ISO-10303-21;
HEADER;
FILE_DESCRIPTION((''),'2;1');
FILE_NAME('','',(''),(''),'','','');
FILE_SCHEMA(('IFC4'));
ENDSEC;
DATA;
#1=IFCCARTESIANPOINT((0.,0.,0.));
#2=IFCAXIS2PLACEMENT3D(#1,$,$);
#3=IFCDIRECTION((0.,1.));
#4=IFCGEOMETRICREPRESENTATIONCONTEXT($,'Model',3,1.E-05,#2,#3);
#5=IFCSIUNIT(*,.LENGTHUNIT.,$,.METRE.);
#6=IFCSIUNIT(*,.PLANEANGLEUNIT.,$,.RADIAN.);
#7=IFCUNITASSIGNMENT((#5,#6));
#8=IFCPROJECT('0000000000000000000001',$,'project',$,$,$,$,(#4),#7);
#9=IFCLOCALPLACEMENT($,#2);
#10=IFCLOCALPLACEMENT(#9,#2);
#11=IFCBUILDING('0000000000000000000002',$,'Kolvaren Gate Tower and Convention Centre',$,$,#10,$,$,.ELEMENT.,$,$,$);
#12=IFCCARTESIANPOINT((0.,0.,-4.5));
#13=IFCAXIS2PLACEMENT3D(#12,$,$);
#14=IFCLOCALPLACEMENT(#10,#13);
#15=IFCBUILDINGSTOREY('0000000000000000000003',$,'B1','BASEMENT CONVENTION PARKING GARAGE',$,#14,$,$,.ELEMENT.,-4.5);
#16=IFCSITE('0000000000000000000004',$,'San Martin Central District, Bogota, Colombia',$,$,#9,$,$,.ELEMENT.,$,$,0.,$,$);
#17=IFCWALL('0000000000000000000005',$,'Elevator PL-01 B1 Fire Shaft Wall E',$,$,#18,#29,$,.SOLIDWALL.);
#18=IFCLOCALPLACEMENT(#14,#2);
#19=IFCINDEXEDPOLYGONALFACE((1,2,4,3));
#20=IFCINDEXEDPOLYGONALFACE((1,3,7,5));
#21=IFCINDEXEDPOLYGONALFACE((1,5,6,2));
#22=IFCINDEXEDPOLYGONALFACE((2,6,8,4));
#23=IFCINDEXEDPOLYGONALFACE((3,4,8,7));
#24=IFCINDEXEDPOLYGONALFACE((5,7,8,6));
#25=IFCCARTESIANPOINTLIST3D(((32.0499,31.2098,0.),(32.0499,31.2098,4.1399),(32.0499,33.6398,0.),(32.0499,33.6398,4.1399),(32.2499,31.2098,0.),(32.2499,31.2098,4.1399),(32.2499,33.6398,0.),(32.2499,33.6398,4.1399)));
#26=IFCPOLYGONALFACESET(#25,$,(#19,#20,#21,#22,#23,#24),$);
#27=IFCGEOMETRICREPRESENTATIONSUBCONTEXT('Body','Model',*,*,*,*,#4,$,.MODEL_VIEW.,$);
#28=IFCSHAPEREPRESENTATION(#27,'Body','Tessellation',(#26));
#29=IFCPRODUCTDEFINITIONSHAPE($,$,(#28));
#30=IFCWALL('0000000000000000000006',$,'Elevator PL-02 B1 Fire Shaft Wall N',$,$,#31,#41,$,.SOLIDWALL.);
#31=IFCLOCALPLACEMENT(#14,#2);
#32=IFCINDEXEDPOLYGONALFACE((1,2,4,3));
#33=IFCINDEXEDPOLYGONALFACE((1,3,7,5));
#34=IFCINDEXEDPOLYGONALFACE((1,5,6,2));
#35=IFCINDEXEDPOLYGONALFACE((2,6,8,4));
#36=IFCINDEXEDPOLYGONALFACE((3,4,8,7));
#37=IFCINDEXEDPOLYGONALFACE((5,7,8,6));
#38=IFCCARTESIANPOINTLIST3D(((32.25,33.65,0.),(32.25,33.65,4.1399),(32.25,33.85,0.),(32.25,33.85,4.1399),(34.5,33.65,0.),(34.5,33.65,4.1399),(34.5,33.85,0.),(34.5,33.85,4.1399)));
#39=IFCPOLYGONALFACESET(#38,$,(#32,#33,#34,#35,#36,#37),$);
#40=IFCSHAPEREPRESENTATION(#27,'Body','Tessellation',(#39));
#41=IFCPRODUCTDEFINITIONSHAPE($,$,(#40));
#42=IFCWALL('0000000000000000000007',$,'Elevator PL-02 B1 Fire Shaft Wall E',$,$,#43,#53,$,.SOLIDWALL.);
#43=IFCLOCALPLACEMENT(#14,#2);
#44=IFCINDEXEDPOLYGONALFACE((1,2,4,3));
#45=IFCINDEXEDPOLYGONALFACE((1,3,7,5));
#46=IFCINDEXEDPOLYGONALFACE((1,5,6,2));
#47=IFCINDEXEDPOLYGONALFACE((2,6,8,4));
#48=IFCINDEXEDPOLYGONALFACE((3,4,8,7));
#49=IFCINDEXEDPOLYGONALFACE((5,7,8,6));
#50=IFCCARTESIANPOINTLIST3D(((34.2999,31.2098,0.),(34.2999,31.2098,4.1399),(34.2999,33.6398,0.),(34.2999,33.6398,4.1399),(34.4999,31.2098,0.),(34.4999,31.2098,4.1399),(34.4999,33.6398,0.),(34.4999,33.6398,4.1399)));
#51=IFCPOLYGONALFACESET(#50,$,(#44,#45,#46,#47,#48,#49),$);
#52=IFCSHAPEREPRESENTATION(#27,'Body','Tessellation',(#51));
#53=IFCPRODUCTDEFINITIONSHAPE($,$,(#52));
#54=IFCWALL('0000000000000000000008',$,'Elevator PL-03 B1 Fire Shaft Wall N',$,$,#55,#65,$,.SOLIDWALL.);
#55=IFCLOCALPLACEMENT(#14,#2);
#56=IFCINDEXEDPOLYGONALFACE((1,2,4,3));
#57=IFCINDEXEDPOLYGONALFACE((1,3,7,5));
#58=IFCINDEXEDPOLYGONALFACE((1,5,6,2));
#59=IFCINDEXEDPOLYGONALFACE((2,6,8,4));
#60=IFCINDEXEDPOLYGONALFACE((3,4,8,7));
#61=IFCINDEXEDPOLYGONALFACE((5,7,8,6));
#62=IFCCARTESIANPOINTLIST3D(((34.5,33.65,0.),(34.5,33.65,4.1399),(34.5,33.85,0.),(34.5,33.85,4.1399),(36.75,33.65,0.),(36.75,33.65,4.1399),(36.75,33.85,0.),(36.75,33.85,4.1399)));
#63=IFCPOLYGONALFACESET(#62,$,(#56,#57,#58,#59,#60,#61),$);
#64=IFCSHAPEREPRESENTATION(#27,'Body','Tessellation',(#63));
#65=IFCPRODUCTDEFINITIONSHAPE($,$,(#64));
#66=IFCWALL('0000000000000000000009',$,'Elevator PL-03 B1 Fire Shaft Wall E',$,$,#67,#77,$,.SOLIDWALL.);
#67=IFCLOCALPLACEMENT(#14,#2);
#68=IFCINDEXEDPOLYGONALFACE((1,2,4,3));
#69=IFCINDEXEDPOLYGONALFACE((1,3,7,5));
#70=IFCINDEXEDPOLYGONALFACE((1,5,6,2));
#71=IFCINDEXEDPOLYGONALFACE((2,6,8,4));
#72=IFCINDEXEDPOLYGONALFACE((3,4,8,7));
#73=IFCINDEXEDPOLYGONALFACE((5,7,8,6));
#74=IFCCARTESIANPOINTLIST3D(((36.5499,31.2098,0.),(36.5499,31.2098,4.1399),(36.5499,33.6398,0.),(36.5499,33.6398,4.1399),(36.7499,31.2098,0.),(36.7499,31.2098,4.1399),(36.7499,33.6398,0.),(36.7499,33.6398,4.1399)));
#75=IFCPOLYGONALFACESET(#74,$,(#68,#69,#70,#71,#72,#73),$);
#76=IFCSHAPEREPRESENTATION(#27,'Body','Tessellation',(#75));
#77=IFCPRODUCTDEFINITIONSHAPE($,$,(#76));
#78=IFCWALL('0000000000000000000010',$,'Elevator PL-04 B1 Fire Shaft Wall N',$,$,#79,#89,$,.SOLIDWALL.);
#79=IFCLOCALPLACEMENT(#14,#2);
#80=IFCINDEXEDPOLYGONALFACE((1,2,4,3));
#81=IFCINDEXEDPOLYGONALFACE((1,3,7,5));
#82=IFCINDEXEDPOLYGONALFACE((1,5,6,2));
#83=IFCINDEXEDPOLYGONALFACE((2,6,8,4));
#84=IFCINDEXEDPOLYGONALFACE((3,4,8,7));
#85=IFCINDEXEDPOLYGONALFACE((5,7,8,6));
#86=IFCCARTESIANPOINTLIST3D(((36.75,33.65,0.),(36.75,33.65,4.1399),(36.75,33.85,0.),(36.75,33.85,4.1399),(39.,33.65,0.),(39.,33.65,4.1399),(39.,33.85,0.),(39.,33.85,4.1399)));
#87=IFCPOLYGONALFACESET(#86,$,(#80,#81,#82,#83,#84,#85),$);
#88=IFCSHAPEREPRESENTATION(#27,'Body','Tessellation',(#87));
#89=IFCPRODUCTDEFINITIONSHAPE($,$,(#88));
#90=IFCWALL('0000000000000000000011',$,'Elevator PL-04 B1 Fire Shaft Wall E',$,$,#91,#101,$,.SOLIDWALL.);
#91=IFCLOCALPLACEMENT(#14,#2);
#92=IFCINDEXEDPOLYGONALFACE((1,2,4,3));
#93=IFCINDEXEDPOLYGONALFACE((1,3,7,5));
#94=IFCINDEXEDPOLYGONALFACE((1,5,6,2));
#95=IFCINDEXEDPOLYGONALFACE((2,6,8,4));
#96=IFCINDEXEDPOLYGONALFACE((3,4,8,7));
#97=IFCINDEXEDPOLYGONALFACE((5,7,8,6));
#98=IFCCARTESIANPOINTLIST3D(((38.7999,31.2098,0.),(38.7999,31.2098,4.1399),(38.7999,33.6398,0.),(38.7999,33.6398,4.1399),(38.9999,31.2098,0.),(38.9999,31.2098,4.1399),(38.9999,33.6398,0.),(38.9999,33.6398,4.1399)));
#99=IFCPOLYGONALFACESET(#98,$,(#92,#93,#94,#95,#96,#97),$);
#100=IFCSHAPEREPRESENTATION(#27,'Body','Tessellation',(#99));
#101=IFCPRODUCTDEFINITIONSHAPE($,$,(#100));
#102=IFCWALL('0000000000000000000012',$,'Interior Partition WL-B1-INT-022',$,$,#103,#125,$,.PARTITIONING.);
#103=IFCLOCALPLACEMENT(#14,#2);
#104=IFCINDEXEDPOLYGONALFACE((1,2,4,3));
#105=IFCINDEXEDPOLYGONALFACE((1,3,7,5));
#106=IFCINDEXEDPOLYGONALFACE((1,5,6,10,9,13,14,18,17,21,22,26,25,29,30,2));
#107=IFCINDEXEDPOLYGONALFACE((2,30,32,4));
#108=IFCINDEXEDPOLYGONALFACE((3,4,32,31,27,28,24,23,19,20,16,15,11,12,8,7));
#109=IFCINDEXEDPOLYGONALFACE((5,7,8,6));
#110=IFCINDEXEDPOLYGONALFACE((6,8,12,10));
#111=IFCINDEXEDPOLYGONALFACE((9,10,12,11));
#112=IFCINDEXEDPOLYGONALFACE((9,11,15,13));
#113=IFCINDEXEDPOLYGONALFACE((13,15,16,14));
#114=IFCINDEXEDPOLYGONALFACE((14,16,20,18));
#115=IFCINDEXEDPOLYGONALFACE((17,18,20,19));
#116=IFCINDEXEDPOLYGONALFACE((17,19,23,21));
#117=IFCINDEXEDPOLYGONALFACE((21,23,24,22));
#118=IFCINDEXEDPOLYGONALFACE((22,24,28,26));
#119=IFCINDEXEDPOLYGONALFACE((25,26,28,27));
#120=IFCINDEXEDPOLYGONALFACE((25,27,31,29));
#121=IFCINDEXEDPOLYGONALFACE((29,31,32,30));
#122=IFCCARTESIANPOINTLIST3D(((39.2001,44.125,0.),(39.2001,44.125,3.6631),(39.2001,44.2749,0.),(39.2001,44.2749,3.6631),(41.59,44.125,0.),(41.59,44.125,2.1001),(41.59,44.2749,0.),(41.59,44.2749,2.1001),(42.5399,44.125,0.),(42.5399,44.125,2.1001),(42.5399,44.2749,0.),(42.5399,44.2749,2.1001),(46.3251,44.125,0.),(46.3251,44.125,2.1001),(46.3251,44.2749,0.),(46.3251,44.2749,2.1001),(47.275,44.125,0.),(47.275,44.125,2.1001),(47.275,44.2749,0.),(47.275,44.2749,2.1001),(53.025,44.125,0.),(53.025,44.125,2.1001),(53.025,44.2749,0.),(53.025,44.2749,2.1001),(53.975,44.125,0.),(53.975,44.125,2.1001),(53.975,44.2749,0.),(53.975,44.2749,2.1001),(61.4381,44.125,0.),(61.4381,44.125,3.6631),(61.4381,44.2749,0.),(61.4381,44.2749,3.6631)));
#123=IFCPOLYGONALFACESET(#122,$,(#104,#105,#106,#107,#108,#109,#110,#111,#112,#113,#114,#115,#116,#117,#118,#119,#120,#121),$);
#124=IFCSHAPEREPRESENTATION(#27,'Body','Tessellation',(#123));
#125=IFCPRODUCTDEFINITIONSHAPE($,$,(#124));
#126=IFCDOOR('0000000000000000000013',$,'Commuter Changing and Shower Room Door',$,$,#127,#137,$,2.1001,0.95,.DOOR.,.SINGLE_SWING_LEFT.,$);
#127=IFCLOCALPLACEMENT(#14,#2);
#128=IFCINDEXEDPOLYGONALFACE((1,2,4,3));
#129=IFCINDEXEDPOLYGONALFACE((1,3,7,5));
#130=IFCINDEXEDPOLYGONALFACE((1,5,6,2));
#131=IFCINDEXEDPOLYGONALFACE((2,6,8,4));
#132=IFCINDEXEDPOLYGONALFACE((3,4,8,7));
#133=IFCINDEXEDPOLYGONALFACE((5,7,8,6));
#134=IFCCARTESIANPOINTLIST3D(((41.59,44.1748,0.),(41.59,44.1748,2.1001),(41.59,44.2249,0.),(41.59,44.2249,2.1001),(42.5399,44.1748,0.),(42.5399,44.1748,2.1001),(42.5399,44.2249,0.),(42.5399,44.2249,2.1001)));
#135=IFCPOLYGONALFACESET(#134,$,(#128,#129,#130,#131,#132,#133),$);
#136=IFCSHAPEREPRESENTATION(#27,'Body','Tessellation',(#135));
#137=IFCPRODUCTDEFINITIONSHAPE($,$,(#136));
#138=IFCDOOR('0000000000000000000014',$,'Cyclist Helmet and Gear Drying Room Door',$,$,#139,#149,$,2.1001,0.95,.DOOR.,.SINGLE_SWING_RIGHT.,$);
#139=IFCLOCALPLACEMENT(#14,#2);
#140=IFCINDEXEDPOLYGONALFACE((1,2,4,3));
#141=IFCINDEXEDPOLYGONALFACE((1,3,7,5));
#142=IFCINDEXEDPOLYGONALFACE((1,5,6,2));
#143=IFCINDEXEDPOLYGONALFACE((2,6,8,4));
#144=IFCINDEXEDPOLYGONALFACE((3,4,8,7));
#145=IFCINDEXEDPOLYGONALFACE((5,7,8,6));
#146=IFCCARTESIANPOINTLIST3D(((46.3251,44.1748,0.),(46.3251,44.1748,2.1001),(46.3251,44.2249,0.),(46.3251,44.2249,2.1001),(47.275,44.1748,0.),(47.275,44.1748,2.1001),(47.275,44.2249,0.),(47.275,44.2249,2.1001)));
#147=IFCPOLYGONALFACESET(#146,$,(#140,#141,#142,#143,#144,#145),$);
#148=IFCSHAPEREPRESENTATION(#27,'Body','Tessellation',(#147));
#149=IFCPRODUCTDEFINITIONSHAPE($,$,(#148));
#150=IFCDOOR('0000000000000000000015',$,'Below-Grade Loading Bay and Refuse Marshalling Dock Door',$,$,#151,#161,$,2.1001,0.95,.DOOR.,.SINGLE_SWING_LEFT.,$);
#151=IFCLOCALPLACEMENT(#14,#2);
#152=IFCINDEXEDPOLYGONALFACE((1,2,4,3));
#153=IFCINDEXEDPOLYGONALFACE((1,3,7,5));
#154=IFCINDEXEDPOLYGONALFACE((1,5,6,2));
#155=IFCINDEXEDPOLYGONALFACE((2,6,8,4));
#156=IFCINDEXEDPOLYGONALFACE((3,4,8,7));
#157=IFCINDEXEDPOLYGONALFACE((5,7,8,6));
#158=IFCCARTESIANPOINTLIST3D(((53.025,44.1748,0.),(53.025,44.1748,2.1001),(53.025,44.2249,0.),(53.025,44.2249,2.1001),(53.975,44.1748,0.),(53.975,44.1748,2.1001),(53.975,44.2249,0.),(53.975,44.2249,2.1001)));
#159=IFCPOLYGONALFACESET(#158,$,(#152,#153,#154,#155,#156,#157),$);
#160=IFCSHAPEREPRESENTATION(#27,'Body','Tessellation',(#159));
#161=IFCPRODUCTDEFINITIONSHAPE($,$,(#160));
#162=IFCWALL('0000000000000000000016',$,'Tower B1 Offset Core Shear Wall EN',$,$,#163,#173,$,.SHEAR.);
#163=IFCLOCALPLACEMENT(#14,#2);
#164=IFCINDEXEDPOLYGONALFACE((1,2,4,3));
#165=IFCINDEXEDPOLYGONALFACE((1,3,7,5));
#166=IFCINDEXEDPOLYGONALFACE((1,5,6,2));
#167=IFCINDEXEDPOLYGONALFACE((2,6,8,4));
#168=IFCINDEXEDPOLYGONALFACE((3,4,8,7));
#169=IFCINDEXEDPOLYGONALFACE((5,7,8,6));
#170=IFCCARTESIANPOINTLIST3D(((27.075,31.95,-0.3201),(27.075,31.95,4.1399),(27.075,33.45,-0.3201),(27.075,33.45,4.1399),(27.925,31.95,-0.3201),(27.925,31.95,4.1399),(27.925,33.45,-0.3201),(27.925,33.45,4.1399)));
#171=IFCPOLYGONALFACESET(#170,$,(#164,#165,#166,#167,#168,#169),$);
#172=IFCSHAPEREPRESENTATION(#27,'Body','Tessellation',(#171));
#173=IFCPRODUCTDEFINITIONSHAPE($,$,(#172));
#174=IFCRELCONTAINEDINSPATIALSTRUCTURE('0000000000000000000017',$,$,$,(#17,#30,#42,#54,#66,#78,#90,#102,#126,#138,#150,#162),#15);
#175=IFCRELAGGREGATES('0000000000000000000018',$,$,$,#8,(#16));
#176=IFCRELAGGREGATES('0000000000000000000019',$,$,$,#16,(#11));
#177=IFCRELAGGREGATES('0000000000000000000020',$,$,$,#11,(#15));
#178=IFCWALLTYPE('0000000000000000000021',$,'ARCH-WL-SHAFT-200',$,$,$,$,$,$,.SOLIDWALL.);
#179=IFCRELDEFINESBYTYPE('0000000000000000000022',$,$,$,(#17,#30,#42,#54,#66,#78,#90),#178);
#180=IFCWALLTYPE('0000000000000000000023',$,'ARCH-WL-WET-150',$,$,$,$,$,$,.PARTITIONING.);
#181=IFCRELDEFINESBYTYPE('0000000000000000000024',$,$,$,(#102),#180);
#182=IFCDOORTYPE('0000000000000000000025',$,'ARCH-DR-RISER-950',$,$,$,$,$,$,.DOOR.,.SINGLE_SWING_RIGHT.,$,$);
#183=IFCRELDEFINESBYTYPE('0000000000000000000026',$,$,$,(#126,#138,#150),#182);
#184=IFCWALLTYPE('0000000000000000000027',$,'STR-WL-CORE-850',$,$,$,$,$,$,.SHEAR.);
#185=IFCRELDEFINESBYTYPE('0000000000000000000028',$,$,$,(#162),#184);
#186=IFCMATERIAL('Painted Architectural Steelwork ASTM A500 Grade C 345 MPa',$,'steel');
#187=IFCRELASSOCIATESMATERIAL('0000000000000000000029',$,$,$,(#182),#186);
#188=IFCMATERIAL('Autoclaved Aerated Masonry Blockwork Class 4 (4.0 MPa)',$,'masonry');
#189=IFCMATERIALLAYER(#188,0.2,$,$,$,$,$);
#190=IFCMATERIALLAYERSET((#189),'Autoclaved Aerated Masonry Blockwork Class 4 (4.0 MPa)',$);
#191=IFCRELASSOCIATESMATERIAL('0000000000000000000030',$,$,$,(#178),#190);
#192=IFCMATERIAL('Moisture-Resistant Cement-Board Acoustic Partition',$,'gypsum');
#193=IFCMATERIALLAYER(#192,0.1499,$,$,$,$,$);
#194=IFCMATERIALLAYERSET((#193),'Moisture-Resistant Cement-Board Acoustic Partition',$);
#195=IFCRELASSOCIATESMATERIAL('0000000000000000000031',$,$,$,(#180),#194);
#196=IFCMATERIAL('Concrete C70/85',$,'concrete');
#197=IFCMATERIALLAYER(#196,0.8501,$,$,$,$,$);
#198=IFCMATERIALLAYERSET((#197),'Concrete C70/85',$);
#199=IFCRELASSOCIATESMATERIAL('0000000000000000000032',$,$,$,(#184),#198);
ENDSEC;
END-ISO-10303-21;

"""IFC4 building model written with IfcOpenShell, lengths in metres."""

from ifc_helpers import new_model, si_unit, direction, frame, frame_2d, origin, place, context, subcontext, project, spatial, rectangle, extrude, material, layer, layer_set, type_object, element, fill, save


model = new_model("IFC4")

# Units and contexts
model_context = context("Model", 3, precision=1e-05, world=origin(), true_north=direction((0.0, 1.0)))
body_context = subcontext(model_context, "Body", "Model", "MODEL_VIEW")
ifc_project = project(units=[si_unit("LENGTHUNIT", "METRE"), si_unit("PLANEANGLEUNIT", "RADIAN")], contexts=[model_context])

# Site, building, storey
site_placement = place(None, origin())
site = spatial("IfcSite", under=ifc_project, at=site_placement, Name="San Martin Central District, Bogota, Colombia", CompositionType="ELEMENT", RefElevation=0.0)
building_placement = place(site_placement, origin())
building = spatial("IfcBuilding", under=site, at=building_placement, Name="Kolvaren Gate Tower and Convention Centre", CompositionType="ELEMENT")
storey_placement = place(building_placement, frame((0.0, 0.0, -4.5)))
storey = spatial("IfcBuildingStorey", under=building, at=storey_placement, Name="B1", Description="BASEMENT CONVENTION PARKING GARAGE", CompositionType="ELEMENT", Elevation=-4.5)

# Shared definitions
ifc_material_1 = material(Name="Concrete C70/85", Category="concrete")

# Shared definitions
ifc_material_2 = material(Name="Painted Architectural Steelwork ASTM A500 Grade C 345 MPa", Category="steel")
door_type_1 = type_object("IfcDoorType", Name="ARCH-DR-RISER-950", OperationType="SINGLE_SWING_RIGHT", PredefinedType="DOOR", material=ifc_material_2)

# Walls
ifc_material_3 = material(Name="Autoclaved Aerated Masonry Blockwork Class 4 (4.0 MPa)", Category="masonry")
ifc_layer_1 = layer(ifc_material_3, 0.2)
ifc_layer_set_1 = layer_set([ifc_layer_1], Name="Autoclaved Aerated Masonry Blockwork Class 4 (4.0 MPa)")
wall_type_1 = type_object("IfcWallType", Name="ARCH-WL-SHAFT-200", PredefinedType="SOLIDWALL", material=ifc_layer_set_1)
for number, where, z_axis, x_axis, name in (
    (1, (32.1499, 31.21, 0.0), (0.0, 0.0, 1.0), (0.0, 1.0, 0.0), "Elevator PL-01 B1 Fire Shaft Wall E"),
):
    element("IfcWall", number, at=place(storey_placement, frame(where, z_axis=z_axis, x_axis=x_axis)), inside=storey, type_object=wall_type_1, Name=name, PredefinedType="SOLIDWALL", context=body_context, shape_type="SweptSolid", body=[
        extrude(rectangle(XDim=2.4299, YDim=0.2, at=frame_2d((1.2148, 0.0))), origin(), (0.0, 0.0, 1.0), 4.1399),
    ])
wall_1_placement = place(storey_placement, frame((32.25, 33.75, 0.0), z_axis=(0.0, 0.0, 1.0), x_axis=(1.0, 0.0, 0.0)))
element("IfcWall", 2, at=wall_1_placement, inside=storey, type_object=wall_type_1, Name="Elevator PL-02 B1 Fire Shaft Wall N", PredefinedType="SOLIDWALL", context=body_context, shape_type="SweptSolid", body=[
    extrude(rectangle(XDim=2.25, YDim=0.2, at=frame_2d((1.125, 0.0))), origin(), (0.0, 0.0, 1.0), 4.1399),
])
wall_2_placement = place(storey_placement, frame((34.3999, 31.21, 0.0), z_axis=(0.0, 0.0, 1.0), x_axis=(0.0, 1.0, 0.0)))
element("IfcWall", 3, at=wall_2_placement, inside=storey, type_object=wall_type_1, Name="Elevator PL-02 B1 Fire Shaft Wall E", PredefinedType="SOLIDWALL", context=body_context, shape_type="SweptSolid", body=[
    extrude(rectangle(XDim=2.4299, YDim=0.2, at=frame_2d((1.2148, 0.0))), origin(), (0.0, 0.0, 1.0), 4.1399),
])
wall_3_placement = place(storey_placement, frame((34.5, 33.75, 0.0), z_axis=(0.0, 0.0, 1.0), x_axis=(1.0, 0.0, 0.0)))
element("IfcWall", 4, at=wall_3_placement, inside=storey, type_object=wall_type_1, Name="Elevator PL-03 B1 Fire Shaft Wall N", PredefinedType="SOLIDWALL", context=body_context, shape_type="SweptSolid", body=[
    extrude(rectangle(XDim=2.25, YDim=0.2, at=frame_2d((1.125, 0.0))), origin(), (0.0, 0.0, 1.0), 4.1399),
])
wall_4_placement = place(storey_placement, frame((36.6499, 31.21, 0.0), z_axis=(0.0, 0.0, 1.0), x_axis=(0.0, 1.0, 0.0)))
element("IfcWall", 5, at=wall_4_placement, inside=storey, type_object=wall_type_1, Name="Elevator PL-03 B1 Fire Shaft Wall E", PredefinedType="SOLIDWALL", context=body_context, shape_type="SweptSolid", body=[
    extrude(rectangle(XDim=2.4299, YDim=0.2, at=frame_2d((1.2148, 0.0))), origin(), (0.0, 0.0, 1.0), 4.1399),
])
wall_5_placement = place(storey_placement, frame((36.75, 33.75, 0.0), z_axis=(0.0, 0.0, 1.0), x_axis=(1.0, 0.0, 0.0)))
element("IfcWall", 6, at=wall_5_placement, inside=storey, type_object=wall_type_1, Name="Elevator PL-04 B1 Fire Shaft Wall N", PredefinedType="SOLIDWALL", context=body_context, shape_type="SweptSolid", body=[
    extrude(rectangle(XDim=2.25, YDim=0.2, at=frame_2d((1.125, 0.0))), origin(), (0.0, 0.0, 1.0), 4.1399),
])
wall_6_placement = place(storey_placement, frame((38.8999, 31.21, 0.0), z_axis=(0.0, 0.0, 1.0), x_axis=(0.0, 1.0, 0.0)))
element("IfcWall", 7, at=wall_6_placement, inside=storey, type_object=wall_type_1, Name="Elevator PL-04 B1 Fire Shaft Wall E", PredefinedType="SOLIDWALL", context=body_context, shape_type="SweptSolid", body=[
    extrude(rectangle(XDim=2.4299, YDim=0.2, at=frame_2d((1.2148, 0.0))), origin(), (0.0, 0.0, 1.0), 4.1399),
])

# Wall, openings, doors
ifc_material_4 = material(Name="Moisture-Resistant Cement-Board Acoustic Partition", Category="gypsum")
ifc_layer_2 = layer(ifc_material_4, 0.1499)
ifc_layer_set_2 = layer_set([ifc_layer_2], Name="Moisture-Resistant Cement-Board Acoustic Partition")
wall_type_2 = type_object("IfcWallType", Name="ARCH-WL-WET-150", PredefinedType="PARTITIONING", material=ifc_layer_set_2)
wall_7_placement = place(storey_placement, frame((39.2, 44.2, 0.0), z_axis=(0.0, 0.0, 1.0), x_axis=(1.0, 0.0, 0.0)))
wall_7 = element("IfcWall", 8, at=wall_7_placement, inside=storey, type_object=wall_type_2, Name="Interior Partition WL-B1-INT-022", PredefinedType="PARTITIONING", context=body_context, shape_type="SweptSolid", body=[
    extrude(rectangle(XDim=22.238, YDim=0.1499, at=frame_2d((11.1191, 0.0))), origin(), (0.0, 0.0, 1.0), 3.6631),
])
opening_1_placement = place(wall_7_placement, frame((2.3899, 0.0, 0.0)))
opening_1 = element("IfcOpeningElement", 9, at=opening_1_placement, cuts=wall_7, PredefinedType="OPENING", context=body_context, shape_type="SweptSolid", body=[
    extrude(rectangle(XDim=0.95, YDim=2.1001, at=frame_2d((0.4751, 1.05))), frame((0.0, 0.085, 0.0), z_axis=(0.0, -1.0, 0.0), x_axis=(1.0, 0.0, 0.0)), (0.0, 0.0, 1.0), 0.1699),
])
opening_2_placement = place(wall_7_placement, frame((7.125, 0.0, 0.0)))
opening_2 = element("IfcOpeningElement", 10, at=opening_2_placement, cuts=wall_7, PredefinedType="OPENING", context=body_context, shape_type="SweptSolid", body=[
    extrude(rectangle(XDim=0.95, YDim=2.1001, at=frame_2d((0.4751, 1.05))), frame((0.0, 0.085, 0.0), z_axis=(0.0, -1.0, 0.0), x_axis=(1.0, 0.0, 0.0)), (0.0, 0.0, 1.0), 0.1699),
])
opening_3_placement = place(wall_7_placement, frame((13.825, 0.0, 0.0)))
opening_3 = element("IfcOpeningElement", 11, at=opening_3_placement, cuts=wall_7, PredefinedType="OPENING", context=body_context, shape_type="SweptSolid", body=[
    extrude(rectangle(XDim=0.95, YDim=2.1001, at=frame_2d((0.4751, 1.05))), frame((0.0, 0.085, 0.0), z_axis=(0.0, -1.0, 0.0), x_axis=(1.0, 0.0, 0.0)), (0.0, 0.0, 1.0), 0.1699),
])
door_1_placement = place(opening_1_placement, origin())
door_1 = element("IfcDoor", 12, at=door_1_placement, inside=storey, type_object=door_type_1, Name="Commuter Changing and Shower Room Door", OperationType="SINGLE_SWING_LEFT", OverallHeight=2.1001, OverallWidth=0.95, PredefinedType="DOOR", context=body_context, shape_type="SweptSolid", body=[
    extrude(rectangle(XDim=0.95, YDim=2.1001, at=frame_2d((0.4751, 1.05))), frame((0.0, 0.0249, 0.0), z_axis=(0.0, -1.0, 0.0), x_axis=(1.0, 0.0, 0.0)), (0.0, 0.0, 1.0), 0.05),
])
fill(opening_1, door_1)
door_2_placement = place(opening_2_placement, origin())
door_2 = element("IfcDoor", 13, at=door_2_placement, inside=storey, type_object=door_type_1, Name="Cyclist Helmet and Gear Drying Room Door", OperationType="SINGLE_SWING_RIGHT", OverallHeight=2.1001, OverallWidth=0.95, PredefinedType="DOOR", context=body_context, shape_type="SweptSolid", body=[
    extrude(rectangle(XDim=0.95, YDim=2.1001, at=frame_2d((0.4751, 1.05))), frame((0.0, 0.0249, 0.0), z_axis=(0.0, -1.0, 0.0), x_axis=(1.0, 0.0, 0.0)), (0.0, 0.0, 1.0), 0.05),
])
fill(opening_2, door_2)
door_3_placement = place(opening_3_placement, origin())
door_3 = element("IfcDoor", 14, at=door_3_placement, inside=storey, type_object=door_type_1, Name="Below-Grade Loading Bay and Refuse Marshalling Dock Door", OperationType="SINGLE_SWING_LEFT", OverallHeight=2.1001, OverallWidth=0.95, PredefinedType="DOOR", context=body_context, shape_type="SweptSolid", body=[
    extrude(rectangle(XDim=0.95, YDim=2.1001, at=frame_2d((0.4751, 1.05))), frame((0.0, 0.0249, 0.0), z_axis=(0.0, -1.0, 0.0), x_axis=(1.0, 0.0, 0.0)), (0.0, 0.0, 1.0), 0.05),
])
fill(opening_3, door_3)

# Wall
ifc_layer_3 = layer(ifc_material_1, 0.8501)
ifc_layer_set_3 = layer_set([ifc_layer_3], Name="Concrete C70/85")
wall_type_3 = type_object("IfcWallType", Name="STR-WL-CORE-850", PredefinedType="SHEAR", material=ifc_layer_set_3)
wall_8_placement = place(storey_placement, frame((27.5, 31.95, -0.3201), z_axis=(0.0, 0.0, 1.0), x_axis=(0.0, 1.0, 0.0)))
element("IfcWall", 15, at=wall_8_placement, inside=storey, type_object=wall_type_3, Name="Tower B1 Offset Core Shear Wall EN", PredefinedType="SHEAR", context=body_context, shape_type="SweptSolid", body=[
    extrude(rectangle(XDim=1.5, YDim=0.8501, at=frame_2d((0.75, 0.0))), origin(), (0.0, 0.0, 1.0), 4.46),
])

save(model, "model.ifc")
